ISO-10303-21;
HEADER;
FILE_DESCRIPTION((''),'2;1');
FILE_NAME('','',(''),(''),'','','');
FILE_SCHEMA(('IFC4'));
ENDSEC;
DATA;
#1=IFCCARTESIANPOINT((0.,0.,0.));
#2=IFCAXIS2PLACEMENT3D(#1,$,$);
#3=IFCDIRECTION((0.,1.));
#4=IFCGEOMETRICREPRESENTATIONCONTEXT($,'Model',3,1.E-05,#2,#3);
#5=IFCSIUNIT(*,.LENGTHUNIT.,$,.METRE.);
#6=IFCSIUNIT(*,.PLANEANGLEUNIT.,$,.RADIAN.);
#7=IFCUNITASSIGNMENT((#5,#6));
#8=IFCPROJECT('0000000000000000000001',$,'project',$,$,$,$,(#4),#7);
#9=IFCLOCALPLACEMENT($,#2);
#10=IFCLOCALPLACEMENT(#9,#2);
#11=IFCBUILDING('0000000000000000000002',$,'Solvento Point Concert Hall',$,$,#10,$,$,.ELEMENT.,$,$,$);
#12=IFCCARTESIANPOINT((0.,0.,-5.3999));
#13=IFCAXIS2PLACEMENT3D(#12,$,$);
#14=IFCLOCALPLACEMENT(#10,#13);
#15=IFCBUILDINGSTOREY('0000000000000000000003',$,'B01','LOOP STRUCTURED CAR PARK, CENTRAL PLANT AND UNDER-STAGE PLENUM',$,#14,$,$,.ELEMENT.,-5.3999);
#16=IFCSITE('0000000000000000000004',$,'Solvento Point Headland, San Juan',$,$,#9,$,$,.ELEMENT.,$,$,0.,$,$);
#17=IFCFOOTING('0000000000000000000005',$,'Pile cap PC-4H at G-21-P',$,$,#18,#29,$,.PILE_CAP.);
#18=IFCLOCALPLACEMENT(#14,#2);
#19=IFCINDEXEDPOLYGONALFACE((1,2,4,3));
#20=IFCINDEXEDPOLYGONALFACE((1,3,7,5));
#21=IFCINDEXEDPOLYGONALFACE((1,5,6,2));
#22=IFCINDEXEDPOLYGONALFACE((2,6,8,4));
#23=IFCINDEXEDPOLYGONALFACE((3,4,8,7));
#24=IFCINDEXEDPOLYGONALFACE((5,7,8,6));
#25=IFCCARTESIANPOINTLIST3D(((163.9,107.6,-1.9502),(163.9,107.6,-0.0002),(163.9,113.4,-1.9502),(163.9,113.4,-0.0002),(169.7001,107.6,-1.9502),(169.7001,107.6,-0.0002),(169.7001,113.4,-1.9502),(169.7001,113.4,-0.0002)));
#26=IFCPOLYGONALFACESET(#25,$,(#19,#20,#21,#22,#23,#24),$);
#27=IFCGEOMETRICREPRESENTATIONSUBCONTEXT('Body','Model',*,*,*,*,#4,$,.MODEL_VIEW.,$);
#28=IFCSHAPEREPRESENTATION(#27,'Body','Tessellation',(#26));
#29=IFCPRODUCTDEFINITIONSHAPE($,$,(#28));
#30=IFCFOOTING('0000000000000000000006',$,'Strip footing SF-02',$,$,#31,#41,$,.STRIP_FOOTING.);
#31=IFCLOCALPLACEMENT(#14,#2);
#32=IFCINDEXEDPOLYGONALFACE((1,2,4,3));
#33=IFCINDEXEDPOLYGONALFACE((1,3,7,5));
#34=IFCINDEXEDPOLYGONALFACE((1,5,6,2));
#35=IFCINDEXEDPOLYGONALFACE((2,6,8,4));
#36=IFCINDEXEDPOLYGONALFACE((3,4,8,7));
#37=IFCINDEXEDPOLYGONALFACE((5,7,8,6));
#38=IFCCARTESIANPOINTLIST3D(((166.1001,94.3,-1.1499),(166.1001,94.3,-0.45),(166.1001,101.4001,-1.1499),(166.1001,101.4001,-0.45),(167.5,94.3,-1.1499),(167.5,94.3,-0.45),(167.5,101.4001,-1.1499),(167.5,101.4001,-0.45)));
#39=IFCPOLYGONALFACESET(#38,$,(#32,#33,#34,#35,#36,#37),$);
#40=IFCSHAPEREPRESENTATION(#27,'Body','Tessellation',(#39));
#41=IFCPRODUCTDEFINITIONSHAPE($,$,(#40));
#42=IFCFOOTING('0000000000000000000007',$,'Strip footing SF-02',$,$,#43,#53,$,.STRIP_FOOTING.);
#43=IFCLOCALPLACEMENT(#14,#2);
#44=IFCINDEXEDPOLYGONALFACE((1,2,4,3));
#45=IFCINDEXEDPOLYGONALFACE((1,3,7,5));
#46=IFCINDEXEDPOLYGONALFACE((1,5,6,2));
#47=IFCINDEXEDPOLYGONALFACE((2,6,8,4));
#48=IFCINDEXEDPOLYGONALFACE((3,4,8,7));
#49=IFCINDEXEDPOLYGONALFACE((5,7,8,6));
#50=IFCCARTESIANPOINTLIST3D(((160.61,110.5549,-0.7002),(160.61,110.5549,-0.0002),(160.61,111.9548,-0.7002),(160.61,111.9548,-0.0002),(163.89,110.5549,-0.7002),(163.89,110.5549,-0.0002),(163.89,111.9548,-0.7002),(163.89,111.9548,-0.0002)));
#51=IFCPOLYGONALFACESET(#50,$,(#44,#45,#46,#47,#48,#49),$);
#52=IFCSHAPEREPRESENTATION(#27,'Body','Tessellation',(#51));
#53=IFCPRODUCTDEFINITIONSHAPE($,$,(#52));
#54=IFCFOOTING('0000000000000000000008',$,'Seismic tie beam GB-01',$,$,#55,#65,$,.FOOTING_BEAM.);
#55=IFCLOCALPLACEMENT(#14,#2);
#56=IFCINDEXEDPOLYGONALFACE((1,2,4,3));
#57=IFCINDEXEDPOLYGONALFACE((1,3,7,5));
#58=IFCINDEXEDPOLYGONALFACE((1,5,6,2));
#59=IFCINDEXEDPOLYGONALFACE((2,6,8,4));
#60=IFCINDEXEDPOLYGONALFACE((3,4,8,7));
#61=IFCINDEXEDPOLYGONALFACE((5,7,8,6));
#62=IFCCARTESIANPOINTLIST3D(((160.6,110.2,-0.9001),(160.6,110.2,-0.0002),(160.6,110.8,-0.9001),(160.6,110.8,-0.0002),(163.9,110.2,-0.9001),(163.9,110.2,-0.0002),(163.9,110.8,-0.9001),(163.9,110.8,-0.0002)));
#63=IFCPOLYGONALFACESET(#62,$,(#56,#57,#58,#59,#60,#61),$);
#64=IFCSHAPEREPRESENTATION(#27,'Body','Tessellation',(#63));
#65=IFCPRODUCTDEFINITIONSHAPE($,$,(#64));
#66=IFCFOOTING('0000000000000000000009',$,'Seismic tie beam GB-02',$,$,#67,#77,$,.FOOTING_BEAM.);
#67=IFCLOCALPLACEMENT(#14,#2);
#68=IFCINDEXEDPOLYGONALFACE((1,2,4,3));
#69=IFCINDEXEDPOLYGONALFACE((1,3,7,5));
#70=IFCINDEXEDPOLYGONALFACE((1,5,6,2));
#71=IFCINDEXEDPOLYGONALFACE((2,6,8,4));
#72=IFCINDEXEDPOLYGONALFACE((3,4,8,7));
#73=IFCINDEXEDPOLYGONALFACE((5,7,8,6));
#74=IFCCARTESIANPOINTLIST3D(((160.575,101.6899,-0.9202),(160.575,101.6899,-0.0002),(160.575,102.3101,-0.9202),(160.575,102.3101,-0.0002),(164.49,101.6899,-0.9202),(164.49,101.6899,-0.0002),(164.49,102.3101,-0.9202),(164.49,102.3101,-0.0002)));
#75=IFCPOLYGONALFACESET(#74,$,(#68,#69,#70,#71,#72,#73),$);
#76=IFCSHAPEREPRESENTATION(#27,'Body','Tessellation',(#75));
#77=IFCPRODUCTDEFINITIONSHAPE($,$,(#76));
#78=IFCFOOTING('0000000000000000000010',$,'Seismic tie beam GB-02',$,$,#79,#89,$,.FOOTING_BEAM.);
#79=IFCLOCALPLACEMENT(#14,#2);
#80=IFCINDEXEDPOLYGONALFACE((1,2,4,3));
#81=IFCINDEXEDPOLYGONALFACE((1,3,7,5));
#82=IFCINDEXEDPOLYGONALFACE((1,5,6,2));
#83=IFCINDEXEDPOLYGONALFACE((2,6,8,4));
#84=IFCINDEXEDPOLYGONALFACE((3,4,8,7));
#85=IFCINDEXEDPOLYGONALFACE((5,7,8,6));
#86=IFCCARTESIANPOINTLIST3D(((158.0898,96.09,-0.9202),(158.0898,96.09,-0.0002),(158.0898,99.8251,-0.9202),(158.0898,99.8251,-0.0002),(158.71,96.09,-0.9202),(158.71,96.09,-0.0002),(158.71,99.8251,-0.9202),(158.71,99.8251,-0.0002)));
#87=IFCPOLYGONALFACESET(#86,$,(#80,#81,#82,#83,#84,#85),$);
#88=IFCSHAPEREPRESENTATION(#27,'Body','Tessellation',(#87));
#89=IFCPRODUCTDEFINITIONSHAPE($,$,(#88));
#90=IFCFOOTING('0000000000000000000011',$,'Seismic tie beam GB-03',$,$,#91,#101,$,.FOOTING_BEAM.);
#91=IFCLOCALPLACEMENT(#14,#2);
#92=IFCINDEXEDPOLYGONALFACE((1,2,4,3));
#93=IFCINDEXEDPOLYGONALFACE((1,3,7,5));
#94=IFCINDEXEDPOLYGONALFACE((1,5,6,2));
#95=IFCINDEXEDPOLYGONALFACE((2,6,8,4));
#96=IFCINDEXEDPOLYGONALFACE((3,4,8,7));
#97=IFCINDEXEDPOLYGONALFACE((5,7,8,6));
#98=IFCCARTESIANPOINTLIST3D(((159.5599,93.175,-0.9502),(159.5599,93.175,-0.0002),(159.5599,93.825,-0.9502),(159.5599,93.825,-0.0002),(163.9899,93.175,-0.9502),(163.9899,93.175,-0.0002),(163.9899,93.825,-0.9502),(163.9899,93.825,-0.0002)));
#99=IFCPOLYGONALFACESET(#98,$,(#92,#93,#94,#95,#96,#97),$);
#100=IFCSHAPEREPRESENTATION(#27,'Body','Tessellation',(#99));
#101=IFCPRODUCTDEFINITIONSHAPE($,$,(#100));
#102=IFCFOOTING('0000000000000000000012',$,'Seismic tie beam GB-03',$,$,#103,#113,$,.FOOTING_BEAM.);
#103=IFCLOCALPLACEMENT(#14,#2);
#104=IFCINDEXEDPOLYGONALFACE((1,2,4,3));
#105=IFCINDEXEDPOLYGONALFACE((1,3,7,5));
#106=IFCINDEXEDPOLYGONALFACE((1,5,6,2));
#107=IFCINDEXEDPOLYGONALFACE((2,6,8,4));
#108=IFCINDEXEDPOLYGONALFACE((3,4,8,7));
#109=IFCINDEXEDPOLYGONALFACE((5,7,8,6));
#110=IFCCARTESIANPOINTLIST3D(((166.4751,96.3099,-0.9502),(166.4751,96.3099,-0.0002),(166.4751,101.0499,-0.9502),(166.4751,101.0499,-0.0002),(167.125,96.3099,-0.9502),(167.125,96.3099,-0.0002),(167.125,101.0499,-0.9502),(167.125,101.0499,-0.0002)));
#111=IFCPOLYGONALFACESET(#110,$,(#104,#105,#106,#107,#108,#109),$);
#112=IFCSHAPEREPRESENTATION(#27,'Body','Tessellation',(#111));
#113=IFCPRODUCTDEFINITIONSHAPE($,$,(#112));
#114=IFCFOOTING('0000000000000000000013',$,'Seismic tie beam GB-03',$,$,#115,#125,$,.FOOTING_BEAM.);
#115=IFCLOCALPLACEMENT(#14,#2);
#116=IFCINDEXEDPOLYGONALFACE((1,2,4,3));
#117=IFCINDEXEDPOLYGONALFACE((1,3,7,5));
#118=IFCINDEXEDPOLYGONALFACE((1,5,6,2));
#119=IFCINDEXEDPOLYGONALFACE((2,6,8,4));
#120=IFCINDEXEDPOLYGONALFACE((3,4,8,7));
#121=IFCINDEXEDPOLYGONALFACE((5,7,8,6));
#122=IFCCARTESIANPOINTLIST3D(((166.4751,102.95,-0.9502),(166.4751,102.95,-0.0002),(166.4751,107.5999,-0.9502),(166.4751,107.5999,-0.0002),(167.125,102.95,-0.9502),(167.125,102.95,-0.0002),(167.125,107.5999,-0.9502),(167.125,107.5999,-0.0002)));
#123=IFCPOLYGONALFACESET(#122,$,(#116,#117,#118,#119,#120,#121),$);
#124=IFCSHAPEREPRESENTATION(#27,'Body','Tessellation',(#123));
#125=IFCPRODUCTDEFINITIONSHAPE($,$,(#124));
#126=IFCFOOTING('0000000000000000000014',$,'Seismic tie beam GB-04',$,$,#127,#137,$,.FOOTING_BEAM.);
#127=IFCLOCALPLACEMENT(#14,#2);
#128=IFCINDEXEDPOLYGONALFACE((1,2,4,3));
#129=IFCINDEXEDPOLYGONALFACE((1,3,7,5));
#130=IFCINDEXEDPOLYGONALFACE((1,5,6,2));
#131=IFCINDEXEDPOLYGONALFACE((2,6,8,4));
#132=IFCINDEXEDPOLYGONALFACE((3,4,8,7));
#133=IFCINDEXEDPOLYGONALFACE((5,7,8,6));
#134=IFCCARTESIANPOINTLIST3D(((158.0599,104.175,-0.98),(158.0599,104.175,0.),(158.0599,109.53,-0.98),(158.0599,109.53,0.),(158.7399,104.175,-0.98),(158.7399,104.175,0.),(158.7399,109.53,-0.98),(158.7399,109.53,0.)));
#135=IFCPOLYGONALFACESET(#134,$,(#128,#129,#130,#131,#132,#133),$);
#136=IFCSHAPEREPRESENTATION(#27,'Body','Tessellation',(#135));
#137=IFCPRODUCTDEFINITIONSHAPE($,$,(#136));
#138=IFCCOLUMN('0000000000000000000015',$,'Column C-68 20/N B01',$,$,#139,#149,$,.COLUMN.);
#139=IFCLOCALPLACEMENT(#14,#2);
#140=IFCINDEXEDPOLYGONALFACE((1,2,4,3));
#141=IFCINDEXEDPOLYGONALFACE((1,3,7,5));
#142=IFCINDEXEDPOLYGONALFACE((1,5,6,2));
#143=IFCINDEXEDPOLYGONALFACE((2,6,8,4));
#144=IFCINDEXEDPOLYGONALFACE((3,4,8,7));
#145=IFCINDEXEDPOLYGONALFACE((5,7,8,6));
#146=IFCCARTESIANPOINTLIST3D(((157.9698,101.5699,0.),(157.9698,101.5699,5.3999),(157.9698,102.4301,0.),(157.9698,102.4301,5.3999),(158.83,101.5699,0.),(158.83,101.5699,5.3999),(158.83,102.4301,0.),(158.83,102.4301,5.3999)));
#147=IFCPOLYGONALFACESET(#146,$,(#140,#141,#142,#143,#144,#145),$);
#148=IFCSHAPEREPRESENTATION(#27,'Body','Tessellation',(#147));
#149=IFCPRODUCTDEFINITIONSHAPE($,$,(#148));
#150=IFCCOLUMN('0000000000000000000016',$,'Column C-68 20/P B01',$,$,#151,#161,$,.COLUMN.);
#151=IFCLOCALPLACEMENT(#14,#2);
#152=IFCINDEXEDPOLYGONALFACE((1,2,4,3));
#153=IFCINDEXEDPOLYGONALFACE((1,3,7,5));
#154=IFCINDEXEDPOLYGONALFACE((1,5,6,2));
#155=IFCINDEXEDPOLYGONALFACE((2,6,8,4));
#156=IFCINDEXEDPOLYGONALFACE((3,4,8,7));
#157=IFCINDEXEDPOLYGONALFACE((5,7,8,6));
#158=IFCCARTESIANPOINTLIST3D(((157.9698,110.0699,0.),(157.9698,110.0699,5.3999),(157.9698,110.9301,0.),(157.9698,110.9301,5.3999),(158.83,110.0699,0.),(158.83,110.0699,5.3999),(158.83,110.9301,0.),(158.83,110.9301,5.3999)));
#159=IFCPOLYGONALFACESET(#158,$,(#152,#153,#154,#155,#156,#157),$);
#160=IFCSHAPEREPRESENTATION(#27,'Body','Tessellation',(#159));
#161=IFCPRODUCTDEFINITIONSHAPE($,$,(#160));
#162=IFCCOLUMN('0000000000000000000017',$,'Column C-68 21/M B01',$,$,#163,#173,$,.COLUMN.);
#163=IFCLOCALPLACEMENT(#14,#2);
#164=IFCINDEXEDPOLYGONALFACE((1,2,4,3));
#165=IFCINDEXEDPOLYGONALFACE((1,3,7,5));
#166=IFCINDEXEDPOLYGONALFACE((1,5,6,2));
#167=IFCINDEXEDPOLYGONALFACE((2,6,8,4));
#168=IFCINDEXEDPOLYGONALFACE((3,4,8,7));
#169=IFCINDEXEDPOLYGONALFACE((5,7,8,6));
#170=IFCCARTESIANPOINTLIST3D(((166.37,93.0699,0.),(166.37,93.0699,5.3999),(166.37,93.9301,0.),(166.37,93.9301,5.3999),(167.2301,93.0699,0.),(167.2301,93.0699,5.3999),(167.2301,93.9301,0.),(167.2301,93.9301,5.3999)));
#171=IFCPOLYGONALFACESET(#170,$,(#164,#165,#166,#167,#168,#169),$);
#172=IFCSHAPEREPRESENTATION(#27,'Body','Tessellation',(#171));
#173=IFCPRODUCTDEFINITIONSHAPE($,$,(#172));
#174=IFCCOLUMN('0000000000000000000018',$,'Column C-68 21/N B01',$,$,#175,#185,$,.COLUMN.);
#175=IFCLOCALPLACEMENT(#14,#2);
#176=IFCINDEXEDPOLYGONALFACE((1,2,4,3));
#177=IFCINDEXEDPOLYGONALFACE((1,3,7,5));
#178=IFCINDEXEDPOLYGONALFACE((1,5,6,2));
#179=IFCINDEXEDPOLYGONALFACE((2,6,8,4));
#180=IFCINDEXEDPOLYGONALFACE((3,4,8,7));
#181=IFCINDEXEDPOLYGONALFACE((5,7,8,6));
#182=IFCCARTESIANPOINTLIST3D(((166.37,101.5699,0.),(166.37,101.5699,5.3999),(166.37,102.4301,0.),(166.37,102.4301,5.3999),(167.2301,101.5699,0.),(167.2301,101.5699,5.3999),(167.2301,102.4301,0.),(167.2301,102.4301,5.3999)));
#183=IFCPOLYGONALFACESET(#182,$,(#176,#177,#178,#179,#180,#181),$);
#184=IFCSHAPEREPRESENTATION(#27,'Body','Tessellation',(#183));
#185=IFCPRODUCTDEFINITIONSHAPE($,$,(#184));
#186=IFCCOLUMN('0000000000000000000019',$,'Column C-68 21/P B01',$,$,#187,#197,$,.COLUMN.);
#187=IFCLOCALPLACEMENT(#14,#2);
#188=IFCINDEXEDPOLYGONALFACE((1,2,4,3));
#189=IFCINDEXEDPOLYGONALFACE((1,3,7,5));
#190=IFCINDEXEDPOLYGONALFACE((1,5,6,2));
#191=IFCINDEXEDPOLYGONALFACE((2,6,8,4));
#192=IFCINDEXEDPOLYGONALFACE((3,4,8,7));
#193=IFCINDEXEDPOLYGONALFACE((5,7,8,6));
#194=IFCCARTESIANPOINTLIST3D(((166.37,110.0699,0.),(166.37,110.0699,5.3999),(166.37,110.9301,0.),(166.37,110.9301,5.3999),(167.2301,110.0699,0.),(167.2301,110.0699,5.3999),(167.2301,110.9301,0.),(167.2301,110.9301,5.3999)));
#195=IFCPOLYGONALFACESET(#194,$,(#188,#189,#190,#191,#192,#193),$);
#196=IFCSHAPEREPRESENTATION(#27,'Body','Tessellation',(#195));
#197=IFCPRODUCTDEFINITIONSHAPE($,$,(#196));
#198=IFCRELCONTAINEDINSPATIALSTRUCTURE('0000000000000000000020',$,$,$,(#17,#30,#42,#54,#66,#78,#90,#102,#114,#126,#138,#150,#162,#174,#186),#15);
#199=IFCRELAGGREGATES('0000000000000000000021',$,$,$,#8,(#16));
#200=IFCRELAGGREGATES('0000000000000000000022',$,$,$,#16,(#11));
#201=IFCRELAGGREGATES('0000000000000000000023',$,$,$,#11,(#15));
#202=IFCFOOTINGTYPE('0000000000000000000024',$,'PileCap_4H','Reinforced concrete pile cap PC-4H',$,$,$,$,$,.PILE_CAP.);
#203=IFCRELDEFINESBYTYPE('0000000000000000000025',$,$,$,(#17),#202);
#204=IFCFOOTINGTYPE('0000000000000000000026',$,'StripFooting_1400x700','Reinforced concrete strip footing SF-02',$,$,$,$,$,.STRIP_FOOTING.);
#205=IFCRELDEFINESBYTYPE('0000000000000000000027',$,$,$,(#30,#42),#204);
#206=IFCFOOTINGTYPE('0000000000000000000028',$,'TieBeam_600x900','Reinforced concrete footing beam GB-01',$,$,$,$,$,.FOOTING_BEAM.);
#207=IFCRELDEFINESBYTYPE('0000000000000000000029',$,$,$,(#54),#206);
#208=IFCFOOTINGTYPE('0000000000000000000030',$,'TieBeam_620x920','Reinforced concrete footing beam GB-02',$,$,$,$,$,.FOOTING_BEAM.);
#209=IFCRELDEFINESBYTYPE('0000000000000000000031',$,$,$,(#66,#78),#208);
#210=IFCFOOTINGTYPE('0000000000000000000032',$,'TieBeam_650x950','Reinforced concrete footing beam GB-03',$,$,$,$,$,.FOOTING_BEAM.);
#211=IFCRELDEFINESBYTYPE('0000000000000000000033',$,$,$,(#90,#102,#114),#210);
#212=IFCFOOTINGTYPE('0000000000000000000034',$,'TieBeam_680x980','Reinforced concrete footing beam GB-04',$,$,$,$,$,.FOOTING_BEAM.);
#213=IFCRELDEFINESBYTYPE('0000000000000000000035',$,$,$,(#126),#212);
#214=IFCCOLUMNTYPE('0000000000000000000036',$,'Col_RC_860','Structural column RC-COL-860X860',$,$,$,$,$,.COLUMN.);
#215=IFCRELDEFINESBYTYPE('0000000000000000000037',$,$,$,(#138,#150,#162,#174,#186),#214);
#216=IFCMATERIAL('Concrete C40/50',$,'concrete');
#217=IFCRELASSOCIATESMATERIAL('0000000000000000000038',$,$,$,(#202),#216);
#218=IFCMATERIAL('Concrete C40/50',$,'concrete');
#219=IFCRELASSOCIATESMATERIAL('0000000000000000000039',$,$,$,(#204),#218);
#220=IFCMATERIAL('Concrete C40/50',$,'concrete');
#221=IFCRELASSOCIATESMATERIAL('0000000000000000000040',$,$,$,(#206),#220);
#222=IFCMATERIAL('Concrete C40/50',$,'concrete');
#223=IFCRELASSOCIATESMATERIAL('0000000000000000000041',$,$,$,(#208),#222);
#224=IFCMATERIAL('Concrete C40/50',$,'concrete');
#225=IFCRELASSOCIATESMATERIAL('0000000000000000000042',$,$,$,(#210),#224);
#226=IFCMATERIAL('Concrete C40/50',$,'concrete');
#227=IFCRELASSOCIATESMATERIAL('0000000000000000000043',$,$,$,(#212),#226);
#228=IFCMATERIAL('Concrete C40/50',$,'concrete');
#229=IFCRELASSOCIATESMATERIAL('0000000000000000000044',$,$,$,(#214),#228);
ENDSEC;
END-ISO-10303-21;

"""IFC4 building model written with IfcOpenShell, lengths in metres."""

from ifc_helpers import new_model, si_unit, direction, frame, origin, origin_2d, place, context, subcontext, project, spatial, rectangle, extrude, material, material_profile, profile_set, type_object, element, save


model = new_model("IFC4")

# Units and contexts
model_context = context("Model", 3, precision=1e-05, world=origin(), true_north=direction((0.0, 1.0)))
body_context = subcontext(model_context, "Body", "Model", "MODEL_VIEW")
ifc_project = project(units=[si_unit("LENGTHUNIT", "METRE"), si_unit("PLANEANGLEUNIT", "RADIAN")], contexts=[model_context])

# Site, building, storey
site_placement = place(None, origin())
site = spatial("IfcSite", under=ifc_project, at=site_placement, Name="Solvento Point Headland, San Juan", CompositionType="ELEMENT", RefElevation=0.0)
building_placement = place(site_placement, origin())
building = spatial("IfcBuilding", under=site, at=building_placement, Name="Solvento Point Concert Hall", CompositionType="ELEMENT")
storey_placement = place(building_placement, frame((0.0, 0.0, -5.3999)))
storey = spatial("IfcBuildingStorey", under=building, at=storey_placement, Name="B01", Description="LOOP STRUCTURED CAR PARK, CENTRAL PLANT AND UNDER-STAGE PLENUM", CompositionType="ELEMENT", Elevation=-5.3999)

# Footings
ifc_material_1 = material(Name="Concrete C40/50", Category="concrete")
footing_type_1 = type_object("IfcFootingType", Name="PileCap_4H", Description="Reinforced concrete pile cap PC-4H", PredefinedType="PILE_CAP", material=ifc_material_1)
footing_1_placement = place(storey_placement, frame((166.8, 110.5, -1.9502), z_axis=(0.0, 0.0, 1.0), x_axis=(1.0, 0.0, 0.0)))
element("IfcFooting", 1, at=footing_1_placement, inside=storey, type_object=footing_type_1, Name="Pile cap PC-4H at G-21-P", PredefinedType="PILE_CAP", context=body_context, shape_type="SweptSolid", body=[
    extrude(rectangle(XDim=5.8, YDim=5.8, at=origin_2d()), origin(), (0.0, 0.0, 1.0), 1.95),
])
ifc_material_2 = material(Name="Concrete C40/50", Category="concrete")
footing_type_2 = type_object("IfcFootingType", Name="StripFooting_1400x700", Description="Reinforced concrete strip footing SF-02", PredefinedType="STRIP_FOOTING", material=ifc_material_2)
footing_2_placement = place(storey_placement, frame((166.8, 97.8501, -1.1499), z_axis=(0.0, 0.0, 1.0), x_axis=(0.0, 1.0, 0.0)))
element("IfcFooting", 2, at=footing_2_placement, inside=storey, type_object=footing_type_2, Name="Strip footing SF-02", PredefinedType="STRIP_FOOTING", context=body_context, shape_type="SweptSolid", body=[
    extrude(rectangle(XDim=7.1001, YDim=1.3999, at=origin_2d()), origin(), (0.0, 0.0, 1.0), 0.7),
])
footing_3_placement = place(storey_placement, frame((162.25, 111.2549, -0.7002), z_axis=(0.0, 0.0, 1.0), x_axis=(1.0, 0.0, 0.0)))
element("IfcFooting", 3, at=footing_3_placement, inside=storey, type_object=footing_type_2, Name="Strip footing SF-02", PredefinedType="STRIP_FOOTING", context=body_context, shape_type="SweptSolid", body=[
    extrude(rectangle(XDim=3.28, YDim=1.3999, at=origin_2d()), origin(), (0.0, 0.0, 1.0), 0.7),
])
ifc_material_3 = material(Name="Concrete C40/50", Category="concrete")
footing_type_3 = type_object("IfcFootingType", Name="TieBeam_600x900", Description="Reinforced concrete footing beam GB-01", PredefinedType="FOOTING_BEAM", material=ifc_material_3)
footing_4_placement = place(storey_placement, frame((162.25, 110.5, -0.9001), z_axis=(0.0, 0.0, 1.0), x_axis=(1.0, 0.0, 0.0)))
element("IfcFooting", 4, at=footing_4_placement, inside=storey, type_object=footing_type_3, Name="Seismic tie beam GB-01", PredefinedType="FOOTING_BEAM", context=body_context, shape_type="SweptSolid", body=[
    extrude(rectangle(XDim=3.3, YDim=0.6001, at=origin_2d()), origin(), (0.0, 0.0, 1.0), 0.8999),
])
ifc_material_4 = material(Name="Concrete C40/50", Category="concrete")
footing_type_4 = type_object("IfcFootingType", Name="TieBeam_620x920", Description="Reinforced concrete footing beam GB-02", PredefinedType="FOOTING_BEAM", material=ifc_material_4)
footing_5_placement = place(storey_placement, frame((162.5325, 102.0, -0.9202), z_axis=(0.0, 0.0, 1.0), x_axis=(1.0, 0.0, 0.0)))
element("IfcFooting", 5, at=footing_5_placement, inside=storey, type_object=footing_type_4, Name="Seismic tie beam GB-02", PredefinedType="FOOTING_BEAM", context=body_context, shape_type="SweptSolid", body=[
    extrude(rectangle(XDim=3.915, YDim=0.6201, at=origin_2d()), origin(), (0.0, 0.0, 1.0), 0.9199),
])
footing_6_placement = place(storey_placement, frame((158.3999, 97.9575, -0.9202), z_axis=(0.0, 0.0, 1.0), x_axis=(0.0, 1.0, 0.0)))
element("IfcFooting", 6, at=footing_6_placement, inside=storey, type_object=footing_type_4, Name="Seismic tie beam GB-02", PredefinedType="FOOTING_BEAM", context=body_context, shape_type="SweptSolid", body=[
    extrude(rectangle(XDim=3.7351, YDim=0.6201, at=origin_2d()), origin(), (0.0, 0.0, 1.0), 0.9199),
])
ifc_material_5 = material(Name="Concrete C40/50", Category="concrete")
footing_type_5 = type_object("IfcFootingType", Name="TieBeam_650x950", Description="Reinforced concrete footing beam GB-03", PredefinedType="FOOTING_BEAM", material=ifc_material_5)
footing_7_placement = place(storey_placement, frame((161.7749, 93.5, -0.9502), z_axis=(0.0, 0.0, 1.0), x_axis=(1.0, 0.0, 0.0)))
element("IfcFooting", 7, at=footing_7_placement, inside=storey, type_object=footing_type_5, Name="Seismic tie beam GB-03", PredefinedType="FOOTING_BEAM", context=body_context, shape_type="SweptSolid", body=[
    extrude(rectangle(XDim=4.4299, YDim=0.6499, at=origin_2d()), origin(), (0.0, 0.0, 1.0), 0.95),
])
footing_8_placement = place(storey_placement, frame((166.8, 98.6799, -0.9502), z_axis=(0.0, 0.0, 1.0), x_axis=(0.0, 1.0, 0.0)))
element("IfcFooting", 8, at=footing_8_placement, inside=storey, type_object=footing_type_5, Name="Seismic tie beam GB-03", PredefinedType="FOOTING_BEAM", context=body_context, shape_type="SweptSolid", body=[
    extrude(rectangle(XDim=4.74, YDim=0.6499, at=origin_2d()), origin(), (0.0, 0.0, 1.0), 0.95),
])
footing_9_placement = place(storey_placement, frame((166.8, 105.2749, -0.9502), z_axis=(0.0, 0.0, 1.0), x_axis=(0.0, 1.0, 0.0)))
element("IfcFooting", 9, at=footing_9_placement, inside=storey, type_object=footing_type_5, Name="Seismic tie beam GB-03", PredefinedType="FOOTING_BEAM", context=body_context, shape_type="SweptSolid", body=[
    extrude(rectangle(XDim=4.6499, YDim=0.6499, at=origin_2d()), origin(), (0.0, 0.0, 1.0), 0.95),
])
ifc_material_6 = material(Name="Concrete C40/50", Category="concrete")
footing_type_6 = type_object("IfcFootingType", Name="TieBeam_680x980", Description="Reinforced concrete footing beam GB-04", PredefinedType="FOOTING_BEAM", material=ifc_material_6)
footing_10_placement = place(storey_placement, frame((158.3999, 106.8525, -0.98), z_axis=(0.0, 0.0, 1.0), x_axis=(0.0, 1.0, 0.0)))
element("IfcFooting", 10, at=footing_10_placement, inside=storey, type_object=footing_type_6, Name="Seismic tie beam GB-04", PredefinedType="FOOTING_BEAM", context=body_context, shape_type="SweptSolid", body=[
    extrude(rectangle(XDim=5.355, YDim=0.6799, at=origin_2d()), origin(), (0.0, 0.0, 1.0), 0.98),
])

# Columns
ifc_material_7 = material(Name="Concrete C40/50", Category="concrete")
ifc_material_profile_1 = material_profile(ifc_material_7, rectangle(XDim=0.8601, YDim=0.8601, at=origin_2d()), Name="RC-COL-860X860")
ifc_profile_set_1 = profile_set([ifc_material_profile_1], Name="Concrete C40/50")
column_type = type_object("IfcColumnType", Name="Col_RC_860", Description="Structural column RC-COL-860X860", PredefinedType="COLUMN", material=ifc_profile_set_1)
for number, where, z_axis, x_axis, name in (
    (11, (158.3999, 102.0, 0.0), (0.0, 0.0, 1.0), (1.0, 0.0, 0.0), "Column C-68 20/N B01"),
    (12, (158.3999, 110.5, 0.0), (0.0, 0.0, 1.0), (1.0, 0.0, 0.0), "Column C-68 20/P B01"),
    (13, (166.8, 93.5, 0.0), (0.0, 0.0, 1.0), (1.0, 0.0, 0.0), "Column C-68 21/M B01"),
    (14, (166.8, 102.0, 0.0), (0.0, 0.0, 1.0), (1.0, 0.0, 0.0), "Column C-68 21/N B01"),
    (15, (166.8, 110.5, 0.0), (0.0, 0.0, 1.0), (1.0, 0.0, 0.0), "Column C-68 21/P B01"),
):
    element("IfcColumn", number, at=place(storey_placement, frame(where, z_axis=z_axis, x_axis=x_axis)), inside=storey, type_object=column_type, Name=name, PredefinedType="COLUMN", context=body_context, shape_type="SweptSolid", body=[
        extrude(rectangle(XDim=0.8601, YDim=0.8601, at=origin_2d()), origin(), (0.0, 0.0, 1.0), 5.3999),
    ])

save(model, "model.ifc")
